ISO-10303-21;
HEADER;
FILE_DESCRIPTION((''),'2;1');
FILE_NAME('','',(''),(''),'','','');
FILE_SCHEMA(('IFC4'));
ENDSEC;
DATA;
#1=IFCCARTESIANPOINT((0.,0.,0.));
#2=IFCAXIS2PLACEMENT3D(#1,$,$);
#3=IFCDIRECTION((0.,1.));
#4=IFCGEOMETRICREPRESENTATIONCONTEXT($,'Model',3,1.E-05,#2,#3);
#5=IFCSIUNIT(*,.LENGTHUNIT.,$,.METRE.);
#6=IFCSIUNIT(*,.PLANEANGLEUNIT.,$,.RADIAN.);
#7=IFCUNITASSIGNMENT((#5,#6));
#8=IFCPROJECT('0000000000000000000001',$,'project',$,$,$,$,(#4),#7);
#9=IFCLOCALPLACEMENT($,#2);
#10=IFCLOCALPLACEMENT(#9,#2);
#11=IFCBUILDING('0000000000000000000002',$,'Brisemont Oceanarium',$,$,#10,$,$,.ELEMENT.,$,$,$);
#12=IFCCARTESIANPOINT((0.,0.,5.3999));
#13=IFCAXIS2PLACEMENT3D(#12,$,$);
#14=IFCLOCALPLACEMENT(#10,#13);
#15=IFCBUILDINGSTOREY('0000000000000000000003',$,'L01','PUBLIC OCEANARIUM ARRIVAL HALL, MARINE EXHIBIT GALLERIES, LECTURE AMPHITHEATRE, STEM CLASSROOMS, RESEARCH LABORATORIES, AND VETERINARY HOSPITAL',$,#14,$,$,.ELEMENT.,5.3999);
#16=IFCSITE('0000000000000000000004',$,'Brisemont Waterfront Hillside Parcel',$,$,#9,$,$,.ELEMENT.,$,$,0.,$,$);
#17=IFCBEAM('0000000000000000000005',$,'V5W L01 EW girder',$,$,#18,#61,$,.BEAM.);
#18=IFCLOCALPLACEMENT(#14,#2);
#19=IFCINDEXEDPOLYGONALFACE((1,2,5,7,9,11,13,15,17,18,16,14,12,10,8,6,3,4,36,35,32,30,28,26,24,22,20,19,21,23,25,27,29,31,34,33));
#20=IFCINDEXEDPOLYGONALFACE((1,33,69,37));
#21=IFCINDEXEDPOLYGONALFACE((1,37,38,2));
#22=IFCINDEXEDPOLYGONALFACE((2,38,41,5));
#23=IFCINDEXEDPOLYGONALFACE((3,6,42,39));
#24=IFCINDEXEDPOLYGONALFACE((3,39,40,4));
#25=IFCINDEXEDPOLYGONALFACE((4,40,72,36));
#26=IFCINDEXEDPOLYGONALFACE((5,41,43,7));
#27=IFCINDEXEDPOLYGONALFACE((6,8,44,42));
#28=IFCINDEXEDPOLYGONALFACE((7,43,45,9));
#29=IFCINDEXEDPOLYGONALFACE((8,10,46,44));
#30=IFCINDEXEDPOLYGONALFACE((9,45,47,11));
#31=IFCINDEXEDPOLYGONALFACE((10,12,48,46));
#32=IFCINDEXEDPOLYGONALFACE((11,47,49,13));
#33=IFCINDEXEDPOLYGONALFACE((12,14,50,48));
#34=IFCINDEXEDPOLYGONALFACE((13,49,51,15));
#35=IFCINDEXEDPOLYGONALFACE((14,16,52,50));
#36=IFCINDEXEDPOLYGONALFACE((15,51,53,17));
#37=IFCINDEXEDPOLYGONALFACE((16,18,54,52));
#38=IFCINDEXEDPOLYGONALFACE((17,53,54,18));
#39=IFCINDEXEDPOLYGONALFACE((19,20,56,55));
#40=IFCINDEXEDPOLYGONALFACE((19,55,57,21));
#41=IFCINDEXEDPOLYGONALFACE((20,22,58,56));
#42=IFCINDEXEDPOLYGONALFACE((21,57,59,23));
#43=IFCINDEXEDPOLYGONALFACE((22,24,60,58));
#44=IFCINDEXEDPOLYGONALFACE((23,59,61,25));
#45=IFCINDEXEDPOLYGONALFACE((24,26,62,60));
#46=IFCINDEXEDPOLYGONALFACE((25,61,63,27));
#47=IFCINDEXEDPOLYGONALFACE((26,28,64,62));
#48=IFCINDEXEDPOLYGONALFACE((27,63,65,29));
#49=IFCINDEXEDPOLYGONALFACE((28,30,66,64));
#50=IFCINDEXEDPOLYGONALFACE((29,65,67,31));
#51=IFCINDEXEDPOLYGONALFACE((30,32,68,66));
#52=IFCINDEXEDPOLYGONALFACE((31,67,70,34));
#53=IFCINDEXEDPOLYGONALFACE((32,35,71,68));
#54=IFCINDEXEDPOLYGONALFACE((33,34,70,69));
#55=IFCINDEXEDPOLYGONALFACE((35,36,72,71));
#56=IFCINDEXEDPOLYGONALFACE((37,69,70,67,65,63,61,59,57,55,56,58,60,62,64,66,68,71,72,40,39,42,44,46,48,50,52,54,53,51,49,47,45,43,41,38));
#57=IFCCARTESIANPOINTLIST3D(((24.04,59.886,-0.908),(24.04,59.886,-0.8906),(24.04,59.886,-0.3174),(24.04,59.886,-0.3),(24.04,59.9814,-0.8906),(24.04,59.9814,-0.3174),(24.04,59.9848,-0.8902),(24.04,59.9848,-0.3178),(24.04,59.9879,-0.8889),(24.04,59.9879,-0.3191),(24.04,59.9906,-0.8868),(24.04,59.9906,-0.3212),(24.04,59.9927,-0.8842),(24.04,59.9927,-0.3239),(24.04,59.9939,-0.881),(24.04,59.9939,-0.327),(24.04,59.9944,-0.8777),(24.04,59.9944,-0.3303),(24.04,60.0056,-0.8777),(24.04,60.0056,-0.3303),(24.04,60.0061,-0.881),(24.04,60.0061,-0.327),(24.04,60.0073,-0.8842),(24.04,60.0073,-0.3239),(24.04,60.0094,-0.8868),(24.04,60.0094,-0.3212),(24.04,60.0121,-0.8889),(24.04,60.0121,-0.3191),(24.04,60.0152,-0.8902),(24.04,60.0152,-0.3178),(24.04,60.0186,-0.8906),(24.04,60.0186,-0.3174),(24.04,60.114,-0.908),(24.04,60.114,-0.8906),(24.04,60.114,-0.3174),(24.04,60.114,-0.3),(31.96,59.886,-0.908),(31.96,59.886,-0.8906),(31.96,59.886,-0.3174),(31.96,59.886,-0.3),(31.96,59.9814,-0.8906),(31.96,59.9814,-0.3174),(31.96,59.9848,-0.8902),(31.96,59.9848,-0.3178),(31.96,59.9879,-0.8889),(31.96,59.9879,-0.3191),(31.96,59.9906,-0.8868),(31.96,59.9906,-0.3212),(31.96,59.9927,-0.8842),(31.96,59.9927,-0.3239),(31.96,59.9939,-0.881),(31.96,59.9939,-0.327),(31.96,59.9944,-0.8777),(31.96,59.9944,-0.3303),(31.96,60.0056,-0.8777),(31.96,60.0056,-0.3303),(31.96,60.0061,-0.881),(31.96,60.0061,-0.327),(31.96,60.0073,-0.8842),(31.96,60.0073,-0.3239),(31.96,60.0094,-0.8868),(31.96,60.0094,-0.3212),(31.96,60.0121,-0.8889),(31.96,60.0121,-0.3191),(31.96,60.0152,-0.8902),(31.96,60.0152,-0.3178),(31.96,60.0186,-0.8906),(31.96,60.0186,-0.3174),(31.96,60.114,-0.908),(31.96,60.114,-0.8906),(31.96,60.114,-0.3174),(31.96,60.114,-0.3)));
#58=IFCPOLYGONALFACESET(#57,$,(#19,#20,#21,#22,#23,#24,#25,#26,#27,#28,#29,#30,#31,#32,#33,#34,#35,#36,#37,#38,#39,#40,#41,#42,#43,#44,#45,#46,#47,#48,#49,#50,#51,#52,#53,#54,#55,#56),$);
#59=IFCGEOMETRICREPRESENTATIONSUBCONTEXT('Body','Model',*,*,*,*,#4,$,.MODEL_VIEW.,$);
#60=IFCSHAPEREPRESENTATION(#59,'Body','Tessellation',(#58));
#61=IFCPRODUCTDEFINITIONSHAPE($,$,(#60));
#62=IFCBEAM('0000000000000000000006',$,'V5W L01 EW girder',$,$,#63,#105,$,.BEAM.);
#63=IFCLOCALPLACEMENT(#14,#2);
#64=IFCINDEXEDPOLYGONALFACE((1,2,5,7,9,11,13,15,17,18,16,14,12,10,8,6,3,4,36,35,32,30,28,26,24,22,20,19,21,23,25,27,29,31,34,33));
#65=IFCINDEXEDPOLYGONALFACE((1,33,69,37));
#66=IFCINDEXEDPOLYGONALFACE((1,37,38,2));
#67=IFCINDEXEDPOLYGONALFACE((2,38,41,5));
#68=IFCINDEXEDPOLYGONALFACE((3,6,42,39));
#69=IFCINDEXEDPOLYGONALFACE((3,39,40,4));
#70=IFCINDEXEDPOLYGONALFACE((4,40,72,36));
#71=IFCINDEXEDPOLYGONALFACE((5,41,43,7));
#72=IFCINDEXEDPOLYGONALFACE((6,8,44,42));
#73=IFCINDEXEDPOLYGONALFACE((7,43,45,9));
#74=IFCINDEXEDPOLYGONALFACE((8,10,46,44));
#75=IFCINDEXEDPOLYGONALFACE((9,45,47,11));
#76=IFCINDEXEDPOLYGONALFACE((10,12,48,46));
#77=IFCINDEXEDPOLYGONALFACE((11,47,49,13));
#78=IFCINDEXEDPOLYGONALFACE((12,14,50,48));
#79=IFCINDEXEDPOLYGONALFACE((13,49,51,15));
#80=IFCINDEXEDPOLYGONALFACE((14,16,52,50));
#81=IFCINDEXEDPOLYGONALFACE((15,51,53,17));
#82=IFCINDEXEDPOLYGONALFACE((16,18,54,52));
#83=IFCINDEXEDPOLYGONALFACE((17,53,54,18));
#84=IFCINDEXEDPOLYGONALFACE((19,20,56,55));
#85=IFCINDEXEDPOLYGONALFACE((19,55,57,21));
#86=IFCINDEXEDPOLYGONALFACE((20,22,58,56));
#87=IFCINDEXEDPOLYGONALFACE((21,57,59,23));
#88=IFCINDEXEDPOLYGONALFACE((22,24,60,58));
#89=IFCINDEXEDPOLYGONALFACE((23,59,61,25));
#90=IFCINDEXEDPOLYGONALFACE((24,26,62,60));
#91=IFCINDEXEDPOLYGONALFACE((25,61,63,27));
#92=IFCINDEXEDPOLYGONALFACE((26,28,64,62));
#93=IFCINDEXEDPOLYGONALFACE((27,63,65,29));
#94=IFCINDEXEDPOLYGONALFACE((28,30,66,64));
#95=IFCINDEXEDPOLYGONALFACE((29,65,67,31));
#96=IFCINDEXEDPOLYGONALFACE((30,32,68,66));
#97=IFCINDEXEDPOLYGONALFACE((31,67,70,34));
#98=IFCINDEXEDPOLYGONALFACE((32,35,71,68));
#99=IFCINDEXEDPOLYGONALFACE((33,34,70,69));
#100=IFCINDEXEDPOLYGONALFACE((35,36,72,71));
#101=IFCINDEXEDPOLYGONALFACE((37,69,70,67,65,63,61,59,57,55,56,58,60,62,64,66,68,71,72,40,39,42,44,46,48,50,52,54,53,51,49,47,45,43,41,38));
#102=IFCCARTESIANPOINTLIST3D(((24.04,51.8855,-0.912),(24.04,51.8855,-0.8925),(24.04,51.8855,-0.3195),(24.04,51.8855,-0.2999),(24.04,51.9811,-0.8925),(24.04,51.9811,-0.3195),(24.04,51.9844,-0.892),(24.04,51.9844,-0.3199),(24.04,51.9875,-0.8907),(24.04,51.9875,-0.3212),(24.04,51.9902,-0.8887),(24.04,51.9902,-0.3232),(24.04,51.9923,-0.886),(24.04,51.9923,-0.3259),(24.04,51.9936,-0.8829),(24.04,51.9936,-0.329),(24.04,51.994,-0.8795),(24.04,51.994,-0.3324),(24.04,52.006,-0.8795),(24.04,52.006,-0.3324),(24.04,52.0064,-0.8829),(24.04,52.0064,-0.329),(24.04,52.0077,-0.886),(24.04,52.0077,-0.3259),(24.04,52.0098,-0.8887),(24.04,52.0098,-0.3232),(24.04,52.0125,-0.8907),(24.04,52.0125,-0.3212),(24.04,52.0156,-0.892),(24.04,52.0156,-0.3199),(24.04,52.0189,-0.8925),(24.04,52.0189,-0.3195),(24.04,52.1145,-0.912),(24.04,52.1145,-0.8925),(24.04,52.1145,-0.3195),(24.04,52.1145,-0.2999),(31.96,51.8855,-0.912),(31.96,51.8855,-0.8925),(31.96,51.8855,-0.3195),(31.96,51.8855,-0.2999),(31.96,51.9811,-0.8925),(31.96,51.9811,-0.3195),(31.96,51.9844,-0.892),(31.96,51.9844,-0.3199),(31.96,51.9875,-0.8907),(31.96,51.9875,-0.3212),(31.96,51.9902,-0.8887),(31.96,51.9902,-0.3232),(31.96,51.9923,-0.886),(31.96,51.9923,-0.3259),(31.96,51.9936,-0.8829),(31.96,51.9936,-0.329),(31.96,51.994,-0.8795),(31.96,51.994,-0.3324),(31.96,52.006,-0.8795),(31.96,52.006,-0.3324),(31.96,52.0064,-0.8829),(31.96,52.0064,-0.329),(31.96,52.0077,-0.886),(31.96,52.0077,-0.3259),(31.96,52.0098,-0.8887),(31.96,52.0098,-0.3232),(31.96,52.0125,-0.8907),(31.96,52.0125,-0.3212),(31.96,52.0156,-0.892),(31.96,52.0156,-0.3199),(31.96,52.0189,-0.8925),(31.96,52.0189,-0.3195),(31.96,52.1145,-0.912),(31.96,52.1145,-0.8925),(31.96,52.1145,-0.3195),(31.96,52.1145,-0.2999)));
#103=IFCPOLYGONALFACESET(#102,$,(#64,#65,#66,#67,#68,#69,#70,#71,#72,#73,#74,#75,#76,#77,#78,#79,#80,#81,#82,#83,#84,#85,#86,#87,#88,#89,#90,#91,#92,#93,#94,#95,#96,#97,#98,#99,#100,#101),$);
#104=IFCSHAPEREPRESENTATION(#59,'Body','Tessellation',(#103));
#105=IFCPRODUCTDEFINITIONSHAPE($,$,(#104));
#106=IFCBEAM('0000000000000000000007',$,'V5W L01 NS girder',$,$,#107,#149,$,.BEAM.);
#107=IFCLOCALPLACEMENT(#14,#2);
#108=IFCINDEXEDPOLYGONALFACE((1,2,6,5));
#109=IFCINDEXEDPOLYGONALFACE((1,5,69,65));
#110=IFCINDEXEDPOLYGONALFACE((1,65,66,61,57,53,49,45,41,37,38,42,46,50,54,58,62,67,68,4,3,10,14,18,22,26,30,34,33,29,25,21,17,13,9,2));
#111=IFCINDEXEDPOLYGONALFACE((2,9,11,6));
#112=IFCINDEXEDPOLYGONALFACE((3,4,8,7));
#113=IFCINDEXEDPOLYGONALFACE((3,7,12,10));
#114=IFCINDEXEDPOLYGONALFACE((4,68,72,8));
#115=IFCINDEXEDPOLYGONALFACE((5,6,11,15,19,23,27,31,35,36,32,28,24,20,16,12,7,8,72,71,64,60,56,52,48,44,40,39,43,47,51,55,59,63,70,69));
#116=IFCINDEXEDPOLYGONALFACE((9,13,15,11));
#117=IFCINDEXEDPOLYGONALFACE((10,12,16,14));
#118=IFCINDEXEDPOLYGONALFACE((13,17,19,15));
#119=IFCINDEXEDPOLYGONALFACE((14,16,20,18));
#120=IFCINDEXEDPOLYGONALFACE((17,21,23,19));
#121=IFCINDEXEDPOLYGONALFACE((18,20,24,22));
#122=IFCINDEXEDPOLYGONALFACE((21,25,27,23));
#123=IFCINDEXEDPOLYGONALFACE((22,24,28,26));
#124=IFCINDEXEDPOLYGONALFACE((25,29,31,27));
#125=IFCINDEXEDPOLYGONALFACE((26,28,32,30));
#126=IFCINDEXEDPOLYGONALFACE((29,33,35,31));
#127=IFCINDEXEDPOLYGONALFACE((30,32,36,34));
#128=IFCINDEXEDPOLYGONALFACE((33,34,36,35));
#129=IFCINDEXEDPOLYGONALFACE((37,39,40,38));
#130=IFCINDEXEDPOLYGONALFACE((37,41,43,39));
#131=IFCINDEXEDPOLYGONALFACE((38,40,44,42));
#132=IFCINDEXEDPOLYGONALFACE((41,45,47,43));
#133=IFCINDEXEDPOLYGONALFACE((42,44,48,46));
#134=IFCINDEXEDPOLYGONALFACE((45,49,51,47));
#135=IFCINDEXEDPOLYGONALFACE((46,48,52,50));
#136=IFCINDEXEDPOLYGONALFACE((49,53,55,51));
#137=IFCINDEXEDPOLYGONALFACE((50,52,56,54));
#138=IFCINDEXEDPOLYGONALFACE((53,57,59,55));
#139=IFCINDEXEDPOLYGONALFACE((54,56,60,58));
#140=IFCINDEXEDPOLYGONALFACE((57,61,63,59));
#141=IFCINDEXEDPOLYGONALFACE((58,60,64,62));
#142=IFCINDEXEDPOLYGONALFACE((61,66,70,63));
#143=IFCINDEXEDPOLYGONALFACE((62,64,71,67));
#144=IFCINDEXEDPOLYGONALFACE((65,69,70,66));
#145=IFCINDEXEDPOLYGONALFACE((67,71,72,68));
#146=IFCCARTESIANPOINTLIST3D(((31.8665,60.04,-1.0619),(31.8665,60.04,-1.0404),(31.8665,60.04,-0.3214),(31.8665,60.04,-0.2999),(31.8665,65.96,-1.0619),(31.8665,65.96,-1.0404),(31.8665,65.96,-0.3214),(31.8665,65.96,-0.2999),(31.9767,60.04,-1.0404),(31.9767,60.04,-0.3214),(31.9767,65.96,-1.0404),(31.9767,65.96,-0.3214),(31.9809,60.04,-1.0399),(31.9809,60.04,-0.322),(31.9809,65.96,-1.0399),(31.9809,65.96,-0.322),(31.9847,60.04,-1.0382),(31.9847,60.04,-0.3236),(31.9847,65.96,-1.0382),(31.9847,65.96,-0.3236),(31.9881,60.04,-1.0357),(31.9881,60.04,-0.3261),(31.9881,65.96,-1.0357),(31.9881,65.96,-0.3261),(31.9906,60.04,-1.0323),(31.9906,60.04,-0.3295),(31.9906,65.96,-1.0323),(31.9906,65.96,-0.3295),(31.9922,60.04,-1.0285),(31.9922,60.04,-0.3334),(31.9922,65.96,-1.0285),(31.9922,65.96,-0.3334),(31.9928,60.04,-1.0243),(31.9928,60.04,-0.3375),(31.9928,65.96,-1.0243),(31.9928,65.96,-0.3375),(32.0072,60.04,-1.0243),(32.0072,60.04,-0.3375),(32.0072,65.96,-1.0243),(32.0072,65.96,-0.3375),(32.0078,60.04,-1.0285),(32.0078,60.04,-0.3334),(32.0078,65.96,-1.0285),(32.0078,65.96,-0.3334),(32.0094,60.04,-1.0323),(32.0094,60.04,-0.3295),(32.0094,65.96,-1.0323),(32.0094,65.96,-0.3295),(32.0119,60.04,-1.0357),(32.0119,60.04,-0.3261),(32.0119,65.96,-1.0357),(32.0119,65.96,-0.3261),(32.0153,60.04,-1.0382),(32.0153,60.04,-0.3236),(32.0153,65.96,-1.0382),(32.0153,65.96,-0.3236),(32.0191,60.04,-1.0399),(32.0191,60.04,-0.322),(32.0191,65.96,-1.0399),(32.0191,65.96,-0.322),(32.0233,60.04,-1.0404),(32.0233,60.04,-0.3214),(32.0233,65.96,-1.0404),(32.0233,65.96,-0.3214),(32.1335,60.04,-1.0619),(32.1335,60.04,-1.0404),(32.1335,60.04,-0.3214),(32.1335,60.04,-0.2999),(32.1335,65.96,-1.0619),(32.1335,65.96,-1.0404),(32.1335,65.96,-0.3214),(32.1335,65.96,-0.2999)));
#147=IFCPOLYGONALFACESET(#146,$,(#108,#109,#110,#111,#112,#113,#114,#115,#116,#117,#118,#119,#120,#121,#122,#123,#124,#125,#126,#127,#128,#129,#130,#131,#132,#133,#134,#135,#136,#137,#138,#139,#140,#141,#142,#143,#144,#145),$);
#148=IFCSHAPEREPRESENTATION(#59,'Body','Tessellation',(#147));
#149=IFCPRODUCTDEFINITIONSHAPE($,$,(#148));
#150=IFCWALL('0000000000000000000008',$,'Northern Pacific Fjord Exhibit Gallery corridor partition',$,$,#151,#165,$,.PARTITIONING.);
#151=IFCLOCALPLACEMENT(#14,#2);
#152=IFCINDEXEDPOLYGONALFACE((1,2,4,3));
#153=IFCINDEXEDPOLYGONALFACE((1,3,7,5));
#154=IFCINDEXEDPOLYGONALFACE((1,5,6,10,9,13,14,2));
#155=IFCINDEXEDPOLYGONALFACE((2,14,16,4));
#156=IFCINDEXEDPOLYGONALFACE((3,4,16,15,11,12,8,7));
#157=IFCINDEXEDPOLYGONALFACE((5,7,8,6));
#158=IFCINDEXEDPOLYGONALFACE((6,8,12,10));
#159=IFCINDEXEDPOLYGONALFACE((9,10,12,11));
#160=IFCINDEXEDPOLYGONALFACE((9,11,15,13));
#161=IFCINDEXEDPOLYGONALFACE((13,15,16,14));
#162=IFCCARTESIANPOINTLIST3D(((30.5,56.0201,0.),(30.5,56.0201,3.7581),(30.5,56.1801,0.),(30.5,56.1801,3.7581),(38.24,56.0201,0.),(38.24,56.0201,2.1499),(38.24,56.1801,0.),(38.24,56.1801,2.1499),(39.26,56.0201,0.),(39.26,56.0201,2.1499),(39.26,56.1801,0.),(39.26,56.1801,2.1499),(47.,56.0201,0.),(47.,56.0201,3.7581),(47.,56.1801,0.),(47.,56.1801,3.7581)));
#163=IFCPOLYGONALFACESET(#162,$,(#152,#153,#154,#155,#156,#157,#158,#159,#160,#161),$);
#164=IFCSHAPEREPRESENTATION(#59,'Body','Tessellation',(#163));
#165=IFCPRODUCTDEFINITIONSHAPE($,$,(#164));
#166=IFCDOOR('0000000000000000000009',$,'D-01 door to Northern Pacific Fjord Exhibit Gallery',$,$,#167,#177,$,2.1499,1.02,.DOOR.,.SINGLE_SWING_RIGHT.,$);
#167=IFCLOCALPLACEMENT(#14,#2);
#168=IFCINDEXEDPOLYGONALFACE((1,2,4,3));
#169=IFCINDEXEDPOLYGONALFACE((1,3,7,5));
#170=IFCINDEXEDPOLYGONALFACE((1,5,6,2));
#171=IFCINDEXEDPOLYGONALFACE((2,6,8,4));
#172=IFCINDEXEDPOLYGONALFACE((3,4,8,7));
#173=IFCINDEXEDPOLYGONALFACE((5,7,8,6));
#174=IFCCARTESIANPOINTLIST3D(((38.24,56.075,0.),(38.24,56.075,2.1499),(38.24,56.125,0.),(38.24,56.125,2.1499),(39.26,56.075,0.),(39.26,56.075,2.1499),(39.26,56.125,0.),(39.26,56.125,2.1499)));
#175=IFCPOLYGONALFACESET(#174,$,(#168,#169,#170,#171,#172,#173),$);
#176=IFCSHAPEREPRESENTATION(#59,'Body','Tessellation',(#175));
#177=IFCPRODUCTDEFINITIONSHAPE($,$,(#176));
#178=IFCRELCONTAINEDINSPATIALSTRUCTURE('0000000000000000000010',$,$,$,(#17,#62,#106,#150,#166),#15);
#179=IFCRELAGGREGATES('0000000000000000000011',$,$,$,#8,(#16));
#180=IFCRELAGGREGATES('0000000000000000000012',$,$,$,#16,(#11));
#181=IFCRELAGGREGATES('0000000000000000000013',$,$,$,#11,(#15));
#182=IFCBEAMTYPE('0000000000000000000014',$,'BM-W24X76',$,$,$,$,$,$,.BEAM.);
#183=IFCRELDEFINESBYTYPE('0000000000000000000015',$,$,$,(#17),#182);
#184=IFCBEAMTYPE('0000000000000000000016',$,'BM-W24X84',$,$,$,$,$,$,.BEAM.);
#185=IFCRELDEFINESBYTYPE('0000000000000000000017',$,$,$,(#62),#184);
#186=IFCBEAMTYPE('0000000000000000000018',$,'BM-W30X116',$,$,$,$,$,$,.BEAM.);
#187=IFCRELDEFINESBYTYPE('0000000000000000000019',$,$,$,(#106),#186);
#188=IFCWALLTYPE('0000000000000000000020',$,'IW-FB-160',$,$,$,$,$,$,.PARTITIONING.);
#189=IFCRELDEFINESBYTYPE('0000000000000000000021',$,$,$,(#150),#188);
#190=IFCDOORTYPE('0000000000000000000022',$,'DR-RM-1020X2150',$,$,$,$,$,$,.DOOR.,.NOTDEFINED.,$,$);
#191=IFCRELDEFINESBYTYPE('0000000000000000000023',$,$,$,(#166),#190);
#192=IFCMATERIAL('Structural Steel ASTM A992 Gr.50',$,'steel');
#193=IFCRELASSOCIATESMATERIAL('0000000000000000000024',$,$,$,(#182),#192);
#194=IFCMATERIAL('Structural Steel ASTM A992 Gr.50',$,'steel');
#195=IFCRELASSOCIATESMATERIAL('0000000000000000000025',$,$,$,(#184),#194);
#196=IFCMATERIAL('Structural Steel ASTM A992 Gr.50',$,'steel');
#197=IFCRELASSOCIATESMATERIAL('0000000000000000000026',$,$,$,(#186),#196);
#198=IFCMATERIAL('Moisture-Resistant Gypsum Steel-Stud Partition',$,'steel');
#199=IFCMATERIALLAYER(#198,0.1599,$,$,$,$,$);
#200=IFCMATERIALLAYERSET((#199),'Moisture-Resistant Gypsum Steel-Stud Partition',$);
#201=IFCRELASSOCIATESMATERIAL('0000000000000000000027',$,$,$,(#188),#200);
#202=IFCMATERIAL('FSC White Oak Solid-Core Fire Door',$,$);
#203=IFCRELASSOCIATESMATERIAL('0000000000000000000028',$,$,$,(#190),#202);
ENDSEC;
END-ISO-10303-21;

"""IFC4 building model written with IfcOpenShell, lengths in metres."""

from ifc_helpers import new_model, si_unit, direction, frame, frame_2d, origin, origin_2d, place, context, subcontext, project, spatial, rectangle, i_section, extrude, material, layer, layer_set, material_profile, profile_set, type_object, element, fill, save


model = new_model("IFC4")

# Units and contexts
model_context = context("Model", 3, precision=1e-05, world=origin(), true_north=direction((0.0, 1.0)))
body_context = subcontext(model_context, "Body", "Model", "MODEL_VIEW")
ifc_project = project(units=[si_unit("LENGTHUNIT", "METRE"), si_unit("PLANEANGLEUNIT", "RADIAN")], contexts=[model_context])

# Site, building, storey
site_placement = place(None, origin())
site = spatial("IfcSite", under=ifc_project, at=site_placement, Name="Brisemont Waterfront Hillside Parcel", CompositionType="ELEMENT", RefElevation=0.0)
building_placement = place(site_placement, origin())
building = spatial("IfcBuilding", under=site, at=building_placement, Name="Brisemont Oceanarium", CompositionType="ELEMENT")
storey_placement = place(building_placement, frame((0.0, 0.0, 5.3999)))
storey = spatial("IfcBuildingStorey", under=building, at=storey_placement, Name="L01", Description="PUBLIC OCEANARIUM ARRIVAL HALL, MARINE EXHIBIT GALLERIES, LECTURE AMPHITHEATRE, STEM CLASSROOMS, RESEARCH LABORATORIES, AND VETERINARY HOSPITAL", CompositionType="ELEMENT", Elevation=5.3999)

# Beams
ifc_material_1 = material(Name="Structural Steel ASTM A992 Gr.50", Category="steel")
ifc_material_profile_1 = material_profile(ifc_material_1, i_section(OverallWidth=0.228, OverallDepth=0.6079, WebThickness=0.0112, FlangeThickness=0.0173, FilletRadius=0.0129, at=origin_2d()), Name="W24X76")
ifc_profile_set_1 = profile_set([ifc_material_profile_1], Name="Structural Steel ASTM A992 Gr.50")
beam_type_1 = type_object("IfcBeamType", Name="BM-W24X76", PredefinedType="BEAM", material=ifc_profile_set_1)
beam_1_placement = place(storey_placement, frame((24.04, 60.0, -0.604), z_axis=(1.0, 0.0, 0.0), x_axis=(0.0, 1.0, 0.0)))
element("IfcBeam", 1, at=beam_1_placement, inside=storey, type_object=beam_type_1, Name="V5W L01 EW girder", PredefinedType="BEAM", context=body_context, shape_type="SweptSolid", body=[
    extrude(i_section(OverallWidth=0.228, OverallDepth=0.6079, WebThickness=0.0112, FlangeThickness=0.0173, FilletRadius=0.0129, at=origin_2d()), origin(), (0.0, 0.0, 1.0), 7.9199),
])
ifc_material_2 = material(Name="Structural Steel ASTM A992 Gr.50", Category="steel")
ifc_material_profile_2 = material_profile(ifc_material_2, i_section(OverallWidth=0.229, OverallDepth=0.6121, WebThickness=0.012, FlangeThickness=0.0195, FilletRadius=0.0129, at=origin_2d()), Name="W24X84")
ifc_profile_set_2 = profile_set([ifc_material_profile_2], Name="Structural Steel ASTM A992 Gr.50")
beam_type_2 = type_object("IfcBeamType", Name="BM-W24X84", PredefinedType="BEAM", material=ifc_profile_set_2)
beam_2_placement = place(storey_placement, frame((24.04, 52.0, -0.606), z_axis=(1.0, 0.0, 0.0), x_axis=(0.0, 1.0, 0.0)))
element("IfcBeam", 2, at=beam_2_placement, inside=storey, type_object=beam_type_2, Name="V5W L01 EW girder", PredefinedType="BEAM", context=body_context, shape_type="SweptSolid", body=[
    extrude(i_section(OverallWidth=0.229, OverallDepth=0.6121, WebThickness=0.012, FlangeThickness=0.0195, FilletRadius=0.0129, at=origin_2d()), origin(), (0.0, 0.0, 1.0), 7.9199),
])
ifc_material_3 = material(Name="Structural Steel ASTM A992 Gr.50", Category="steel")
ifc_material_profile_3 = material_profile(ifc_material_3, i_section(OverallWidth=0.2671, OverallDepth=0.762, WebThickness=0.0144, FlangeThickness=0.0215, FilletRadius=0.0161, at=origin_2d()), Name="W30X116")
ifc_profile_set_3 = profile_set([ifc_material_profile_3], Name="Structural Steel ASTM A992 Gr.50")
beam_type_3 = type_object("IfcBeamType", Name="BM-W30X116", PredefinedType="BEAM", material=ifc_profile_set_3)
beam_3_placement = place(storey_placement, frame((32.0, 60.04, -0.6809), z_axis=(0.0, 1.0, 0.0), x_axis=(-1.0, 0.0, 0.0)))
element("IfcBeam", 3, at=beam_3_placement, inside=storey, type_object=beam_type_3, Name="V5W L01 NS girder", PredefinedType="BEAM", context=body_context, shape_type="SweptSolid", body=[
    extrude(i_section(OverallWidth=0.2671, OverallDepth=0.762, WebThickness=0.0144, FlangeThickness=0.0215, FilletRadius=0.0161, at=origin_2d()), origin(), (0.0, 0.0, 1.0), 5.9199),
])

# Wall, opening, door
ifc_material_4 = material(Name="Moisture-Resistant Gypsum Steel-Stud Partition", Category="steel")
ifc_layer_1 = layer(ifc_material_4, 0.1599)
ifc_layer_set_1 = layer_set([ifc_layer_1], Name="Moisture-Resistant Gypsum Steel-Stud Partition")
wall_type_1 = type_object("IfcWallType", Name="IW-FB-160", PredefinedType="PARTITIONING", material=ifc_layer_set_1)
wall_1_placement = place(storey_placement, frame((30.5, 56.1001, 0.0), z_axis=(0.0, 0.0, 1.0), x_axis=(1.0, 0.0, 0.0)))
wall_1 = element("IfcWall", 4, at=wall_1_placement, inside=storey, type_object=wall_type_1, Name="Northern Pacific Fjord Exhibit Gallery corridor partition", PredefinedType="PARTITIONING", context=body_context, shape_type="SweptSolid", body=[
    extrude(rectangle(XDim=16.5, YDim=0.1599, at=frame_2d((8.25, 0.0))), origin(), (0.0, 0.0, 1.0), 3.7581),
])
opening_1_placement = place(wall_1_placement, frame((7.74, 0.0, 0.0)))
opening_1 = element("IfcOpeningElement", 5, at=opening_1_placement, cuts=wall_1, PredefinedType="OPENING", context=body_context, shape_type="SweptSolid", body=[
    extrude(rectangle(XDim=1.02, YDim=2.1499, at=frame_2d((0.51, 1.075))), frame((0.0, 0.0898, 0.0), z_axis=(0.0, -1.0, 0.0), x_axis=(1.0, 0.0, 0.0)), (0.0, 0.0, 1.0), 0.1799),
])
ifc_material_5 = material(Name="FSC White Oak Solid-Core Fire Door")
door_type_1 = type_object("IfcDoorType", Name="DR-RM-1020X2150", OperationType="NOTDEFINED", PredefinedType="DOOR", material=ifc_material_5)
door_1_placement = place(opening_1_placement, origin())
door_1 = element("IfcDoor", 6, at=door_1_placement, inside=storey, type_object=door_type_1, Name="D-01 door to Northern Pacific Fjord Exhibit Gallery", OperationType="SINGLE_SWING_RIGHT", OverallHeight=2.1499, OverallWidth=1.02, PredefinedType="DOOR", context=body_context, shape_type="SweptSolid", body=[
    extrude(rectangle(XDim=1.02, YDim=2.1499, at=frame_2d((0.51, 1.075))), frame((0.0, 0.0249, 0.0), z_axis=(0.0, -1.0, 0.0), x_axis=(1.0, 0.0, 0.0)), (0.0, 0.0, 1.0), 0.05),
])
fill(opening_1, door_1)

save(model, "model.ifc")
